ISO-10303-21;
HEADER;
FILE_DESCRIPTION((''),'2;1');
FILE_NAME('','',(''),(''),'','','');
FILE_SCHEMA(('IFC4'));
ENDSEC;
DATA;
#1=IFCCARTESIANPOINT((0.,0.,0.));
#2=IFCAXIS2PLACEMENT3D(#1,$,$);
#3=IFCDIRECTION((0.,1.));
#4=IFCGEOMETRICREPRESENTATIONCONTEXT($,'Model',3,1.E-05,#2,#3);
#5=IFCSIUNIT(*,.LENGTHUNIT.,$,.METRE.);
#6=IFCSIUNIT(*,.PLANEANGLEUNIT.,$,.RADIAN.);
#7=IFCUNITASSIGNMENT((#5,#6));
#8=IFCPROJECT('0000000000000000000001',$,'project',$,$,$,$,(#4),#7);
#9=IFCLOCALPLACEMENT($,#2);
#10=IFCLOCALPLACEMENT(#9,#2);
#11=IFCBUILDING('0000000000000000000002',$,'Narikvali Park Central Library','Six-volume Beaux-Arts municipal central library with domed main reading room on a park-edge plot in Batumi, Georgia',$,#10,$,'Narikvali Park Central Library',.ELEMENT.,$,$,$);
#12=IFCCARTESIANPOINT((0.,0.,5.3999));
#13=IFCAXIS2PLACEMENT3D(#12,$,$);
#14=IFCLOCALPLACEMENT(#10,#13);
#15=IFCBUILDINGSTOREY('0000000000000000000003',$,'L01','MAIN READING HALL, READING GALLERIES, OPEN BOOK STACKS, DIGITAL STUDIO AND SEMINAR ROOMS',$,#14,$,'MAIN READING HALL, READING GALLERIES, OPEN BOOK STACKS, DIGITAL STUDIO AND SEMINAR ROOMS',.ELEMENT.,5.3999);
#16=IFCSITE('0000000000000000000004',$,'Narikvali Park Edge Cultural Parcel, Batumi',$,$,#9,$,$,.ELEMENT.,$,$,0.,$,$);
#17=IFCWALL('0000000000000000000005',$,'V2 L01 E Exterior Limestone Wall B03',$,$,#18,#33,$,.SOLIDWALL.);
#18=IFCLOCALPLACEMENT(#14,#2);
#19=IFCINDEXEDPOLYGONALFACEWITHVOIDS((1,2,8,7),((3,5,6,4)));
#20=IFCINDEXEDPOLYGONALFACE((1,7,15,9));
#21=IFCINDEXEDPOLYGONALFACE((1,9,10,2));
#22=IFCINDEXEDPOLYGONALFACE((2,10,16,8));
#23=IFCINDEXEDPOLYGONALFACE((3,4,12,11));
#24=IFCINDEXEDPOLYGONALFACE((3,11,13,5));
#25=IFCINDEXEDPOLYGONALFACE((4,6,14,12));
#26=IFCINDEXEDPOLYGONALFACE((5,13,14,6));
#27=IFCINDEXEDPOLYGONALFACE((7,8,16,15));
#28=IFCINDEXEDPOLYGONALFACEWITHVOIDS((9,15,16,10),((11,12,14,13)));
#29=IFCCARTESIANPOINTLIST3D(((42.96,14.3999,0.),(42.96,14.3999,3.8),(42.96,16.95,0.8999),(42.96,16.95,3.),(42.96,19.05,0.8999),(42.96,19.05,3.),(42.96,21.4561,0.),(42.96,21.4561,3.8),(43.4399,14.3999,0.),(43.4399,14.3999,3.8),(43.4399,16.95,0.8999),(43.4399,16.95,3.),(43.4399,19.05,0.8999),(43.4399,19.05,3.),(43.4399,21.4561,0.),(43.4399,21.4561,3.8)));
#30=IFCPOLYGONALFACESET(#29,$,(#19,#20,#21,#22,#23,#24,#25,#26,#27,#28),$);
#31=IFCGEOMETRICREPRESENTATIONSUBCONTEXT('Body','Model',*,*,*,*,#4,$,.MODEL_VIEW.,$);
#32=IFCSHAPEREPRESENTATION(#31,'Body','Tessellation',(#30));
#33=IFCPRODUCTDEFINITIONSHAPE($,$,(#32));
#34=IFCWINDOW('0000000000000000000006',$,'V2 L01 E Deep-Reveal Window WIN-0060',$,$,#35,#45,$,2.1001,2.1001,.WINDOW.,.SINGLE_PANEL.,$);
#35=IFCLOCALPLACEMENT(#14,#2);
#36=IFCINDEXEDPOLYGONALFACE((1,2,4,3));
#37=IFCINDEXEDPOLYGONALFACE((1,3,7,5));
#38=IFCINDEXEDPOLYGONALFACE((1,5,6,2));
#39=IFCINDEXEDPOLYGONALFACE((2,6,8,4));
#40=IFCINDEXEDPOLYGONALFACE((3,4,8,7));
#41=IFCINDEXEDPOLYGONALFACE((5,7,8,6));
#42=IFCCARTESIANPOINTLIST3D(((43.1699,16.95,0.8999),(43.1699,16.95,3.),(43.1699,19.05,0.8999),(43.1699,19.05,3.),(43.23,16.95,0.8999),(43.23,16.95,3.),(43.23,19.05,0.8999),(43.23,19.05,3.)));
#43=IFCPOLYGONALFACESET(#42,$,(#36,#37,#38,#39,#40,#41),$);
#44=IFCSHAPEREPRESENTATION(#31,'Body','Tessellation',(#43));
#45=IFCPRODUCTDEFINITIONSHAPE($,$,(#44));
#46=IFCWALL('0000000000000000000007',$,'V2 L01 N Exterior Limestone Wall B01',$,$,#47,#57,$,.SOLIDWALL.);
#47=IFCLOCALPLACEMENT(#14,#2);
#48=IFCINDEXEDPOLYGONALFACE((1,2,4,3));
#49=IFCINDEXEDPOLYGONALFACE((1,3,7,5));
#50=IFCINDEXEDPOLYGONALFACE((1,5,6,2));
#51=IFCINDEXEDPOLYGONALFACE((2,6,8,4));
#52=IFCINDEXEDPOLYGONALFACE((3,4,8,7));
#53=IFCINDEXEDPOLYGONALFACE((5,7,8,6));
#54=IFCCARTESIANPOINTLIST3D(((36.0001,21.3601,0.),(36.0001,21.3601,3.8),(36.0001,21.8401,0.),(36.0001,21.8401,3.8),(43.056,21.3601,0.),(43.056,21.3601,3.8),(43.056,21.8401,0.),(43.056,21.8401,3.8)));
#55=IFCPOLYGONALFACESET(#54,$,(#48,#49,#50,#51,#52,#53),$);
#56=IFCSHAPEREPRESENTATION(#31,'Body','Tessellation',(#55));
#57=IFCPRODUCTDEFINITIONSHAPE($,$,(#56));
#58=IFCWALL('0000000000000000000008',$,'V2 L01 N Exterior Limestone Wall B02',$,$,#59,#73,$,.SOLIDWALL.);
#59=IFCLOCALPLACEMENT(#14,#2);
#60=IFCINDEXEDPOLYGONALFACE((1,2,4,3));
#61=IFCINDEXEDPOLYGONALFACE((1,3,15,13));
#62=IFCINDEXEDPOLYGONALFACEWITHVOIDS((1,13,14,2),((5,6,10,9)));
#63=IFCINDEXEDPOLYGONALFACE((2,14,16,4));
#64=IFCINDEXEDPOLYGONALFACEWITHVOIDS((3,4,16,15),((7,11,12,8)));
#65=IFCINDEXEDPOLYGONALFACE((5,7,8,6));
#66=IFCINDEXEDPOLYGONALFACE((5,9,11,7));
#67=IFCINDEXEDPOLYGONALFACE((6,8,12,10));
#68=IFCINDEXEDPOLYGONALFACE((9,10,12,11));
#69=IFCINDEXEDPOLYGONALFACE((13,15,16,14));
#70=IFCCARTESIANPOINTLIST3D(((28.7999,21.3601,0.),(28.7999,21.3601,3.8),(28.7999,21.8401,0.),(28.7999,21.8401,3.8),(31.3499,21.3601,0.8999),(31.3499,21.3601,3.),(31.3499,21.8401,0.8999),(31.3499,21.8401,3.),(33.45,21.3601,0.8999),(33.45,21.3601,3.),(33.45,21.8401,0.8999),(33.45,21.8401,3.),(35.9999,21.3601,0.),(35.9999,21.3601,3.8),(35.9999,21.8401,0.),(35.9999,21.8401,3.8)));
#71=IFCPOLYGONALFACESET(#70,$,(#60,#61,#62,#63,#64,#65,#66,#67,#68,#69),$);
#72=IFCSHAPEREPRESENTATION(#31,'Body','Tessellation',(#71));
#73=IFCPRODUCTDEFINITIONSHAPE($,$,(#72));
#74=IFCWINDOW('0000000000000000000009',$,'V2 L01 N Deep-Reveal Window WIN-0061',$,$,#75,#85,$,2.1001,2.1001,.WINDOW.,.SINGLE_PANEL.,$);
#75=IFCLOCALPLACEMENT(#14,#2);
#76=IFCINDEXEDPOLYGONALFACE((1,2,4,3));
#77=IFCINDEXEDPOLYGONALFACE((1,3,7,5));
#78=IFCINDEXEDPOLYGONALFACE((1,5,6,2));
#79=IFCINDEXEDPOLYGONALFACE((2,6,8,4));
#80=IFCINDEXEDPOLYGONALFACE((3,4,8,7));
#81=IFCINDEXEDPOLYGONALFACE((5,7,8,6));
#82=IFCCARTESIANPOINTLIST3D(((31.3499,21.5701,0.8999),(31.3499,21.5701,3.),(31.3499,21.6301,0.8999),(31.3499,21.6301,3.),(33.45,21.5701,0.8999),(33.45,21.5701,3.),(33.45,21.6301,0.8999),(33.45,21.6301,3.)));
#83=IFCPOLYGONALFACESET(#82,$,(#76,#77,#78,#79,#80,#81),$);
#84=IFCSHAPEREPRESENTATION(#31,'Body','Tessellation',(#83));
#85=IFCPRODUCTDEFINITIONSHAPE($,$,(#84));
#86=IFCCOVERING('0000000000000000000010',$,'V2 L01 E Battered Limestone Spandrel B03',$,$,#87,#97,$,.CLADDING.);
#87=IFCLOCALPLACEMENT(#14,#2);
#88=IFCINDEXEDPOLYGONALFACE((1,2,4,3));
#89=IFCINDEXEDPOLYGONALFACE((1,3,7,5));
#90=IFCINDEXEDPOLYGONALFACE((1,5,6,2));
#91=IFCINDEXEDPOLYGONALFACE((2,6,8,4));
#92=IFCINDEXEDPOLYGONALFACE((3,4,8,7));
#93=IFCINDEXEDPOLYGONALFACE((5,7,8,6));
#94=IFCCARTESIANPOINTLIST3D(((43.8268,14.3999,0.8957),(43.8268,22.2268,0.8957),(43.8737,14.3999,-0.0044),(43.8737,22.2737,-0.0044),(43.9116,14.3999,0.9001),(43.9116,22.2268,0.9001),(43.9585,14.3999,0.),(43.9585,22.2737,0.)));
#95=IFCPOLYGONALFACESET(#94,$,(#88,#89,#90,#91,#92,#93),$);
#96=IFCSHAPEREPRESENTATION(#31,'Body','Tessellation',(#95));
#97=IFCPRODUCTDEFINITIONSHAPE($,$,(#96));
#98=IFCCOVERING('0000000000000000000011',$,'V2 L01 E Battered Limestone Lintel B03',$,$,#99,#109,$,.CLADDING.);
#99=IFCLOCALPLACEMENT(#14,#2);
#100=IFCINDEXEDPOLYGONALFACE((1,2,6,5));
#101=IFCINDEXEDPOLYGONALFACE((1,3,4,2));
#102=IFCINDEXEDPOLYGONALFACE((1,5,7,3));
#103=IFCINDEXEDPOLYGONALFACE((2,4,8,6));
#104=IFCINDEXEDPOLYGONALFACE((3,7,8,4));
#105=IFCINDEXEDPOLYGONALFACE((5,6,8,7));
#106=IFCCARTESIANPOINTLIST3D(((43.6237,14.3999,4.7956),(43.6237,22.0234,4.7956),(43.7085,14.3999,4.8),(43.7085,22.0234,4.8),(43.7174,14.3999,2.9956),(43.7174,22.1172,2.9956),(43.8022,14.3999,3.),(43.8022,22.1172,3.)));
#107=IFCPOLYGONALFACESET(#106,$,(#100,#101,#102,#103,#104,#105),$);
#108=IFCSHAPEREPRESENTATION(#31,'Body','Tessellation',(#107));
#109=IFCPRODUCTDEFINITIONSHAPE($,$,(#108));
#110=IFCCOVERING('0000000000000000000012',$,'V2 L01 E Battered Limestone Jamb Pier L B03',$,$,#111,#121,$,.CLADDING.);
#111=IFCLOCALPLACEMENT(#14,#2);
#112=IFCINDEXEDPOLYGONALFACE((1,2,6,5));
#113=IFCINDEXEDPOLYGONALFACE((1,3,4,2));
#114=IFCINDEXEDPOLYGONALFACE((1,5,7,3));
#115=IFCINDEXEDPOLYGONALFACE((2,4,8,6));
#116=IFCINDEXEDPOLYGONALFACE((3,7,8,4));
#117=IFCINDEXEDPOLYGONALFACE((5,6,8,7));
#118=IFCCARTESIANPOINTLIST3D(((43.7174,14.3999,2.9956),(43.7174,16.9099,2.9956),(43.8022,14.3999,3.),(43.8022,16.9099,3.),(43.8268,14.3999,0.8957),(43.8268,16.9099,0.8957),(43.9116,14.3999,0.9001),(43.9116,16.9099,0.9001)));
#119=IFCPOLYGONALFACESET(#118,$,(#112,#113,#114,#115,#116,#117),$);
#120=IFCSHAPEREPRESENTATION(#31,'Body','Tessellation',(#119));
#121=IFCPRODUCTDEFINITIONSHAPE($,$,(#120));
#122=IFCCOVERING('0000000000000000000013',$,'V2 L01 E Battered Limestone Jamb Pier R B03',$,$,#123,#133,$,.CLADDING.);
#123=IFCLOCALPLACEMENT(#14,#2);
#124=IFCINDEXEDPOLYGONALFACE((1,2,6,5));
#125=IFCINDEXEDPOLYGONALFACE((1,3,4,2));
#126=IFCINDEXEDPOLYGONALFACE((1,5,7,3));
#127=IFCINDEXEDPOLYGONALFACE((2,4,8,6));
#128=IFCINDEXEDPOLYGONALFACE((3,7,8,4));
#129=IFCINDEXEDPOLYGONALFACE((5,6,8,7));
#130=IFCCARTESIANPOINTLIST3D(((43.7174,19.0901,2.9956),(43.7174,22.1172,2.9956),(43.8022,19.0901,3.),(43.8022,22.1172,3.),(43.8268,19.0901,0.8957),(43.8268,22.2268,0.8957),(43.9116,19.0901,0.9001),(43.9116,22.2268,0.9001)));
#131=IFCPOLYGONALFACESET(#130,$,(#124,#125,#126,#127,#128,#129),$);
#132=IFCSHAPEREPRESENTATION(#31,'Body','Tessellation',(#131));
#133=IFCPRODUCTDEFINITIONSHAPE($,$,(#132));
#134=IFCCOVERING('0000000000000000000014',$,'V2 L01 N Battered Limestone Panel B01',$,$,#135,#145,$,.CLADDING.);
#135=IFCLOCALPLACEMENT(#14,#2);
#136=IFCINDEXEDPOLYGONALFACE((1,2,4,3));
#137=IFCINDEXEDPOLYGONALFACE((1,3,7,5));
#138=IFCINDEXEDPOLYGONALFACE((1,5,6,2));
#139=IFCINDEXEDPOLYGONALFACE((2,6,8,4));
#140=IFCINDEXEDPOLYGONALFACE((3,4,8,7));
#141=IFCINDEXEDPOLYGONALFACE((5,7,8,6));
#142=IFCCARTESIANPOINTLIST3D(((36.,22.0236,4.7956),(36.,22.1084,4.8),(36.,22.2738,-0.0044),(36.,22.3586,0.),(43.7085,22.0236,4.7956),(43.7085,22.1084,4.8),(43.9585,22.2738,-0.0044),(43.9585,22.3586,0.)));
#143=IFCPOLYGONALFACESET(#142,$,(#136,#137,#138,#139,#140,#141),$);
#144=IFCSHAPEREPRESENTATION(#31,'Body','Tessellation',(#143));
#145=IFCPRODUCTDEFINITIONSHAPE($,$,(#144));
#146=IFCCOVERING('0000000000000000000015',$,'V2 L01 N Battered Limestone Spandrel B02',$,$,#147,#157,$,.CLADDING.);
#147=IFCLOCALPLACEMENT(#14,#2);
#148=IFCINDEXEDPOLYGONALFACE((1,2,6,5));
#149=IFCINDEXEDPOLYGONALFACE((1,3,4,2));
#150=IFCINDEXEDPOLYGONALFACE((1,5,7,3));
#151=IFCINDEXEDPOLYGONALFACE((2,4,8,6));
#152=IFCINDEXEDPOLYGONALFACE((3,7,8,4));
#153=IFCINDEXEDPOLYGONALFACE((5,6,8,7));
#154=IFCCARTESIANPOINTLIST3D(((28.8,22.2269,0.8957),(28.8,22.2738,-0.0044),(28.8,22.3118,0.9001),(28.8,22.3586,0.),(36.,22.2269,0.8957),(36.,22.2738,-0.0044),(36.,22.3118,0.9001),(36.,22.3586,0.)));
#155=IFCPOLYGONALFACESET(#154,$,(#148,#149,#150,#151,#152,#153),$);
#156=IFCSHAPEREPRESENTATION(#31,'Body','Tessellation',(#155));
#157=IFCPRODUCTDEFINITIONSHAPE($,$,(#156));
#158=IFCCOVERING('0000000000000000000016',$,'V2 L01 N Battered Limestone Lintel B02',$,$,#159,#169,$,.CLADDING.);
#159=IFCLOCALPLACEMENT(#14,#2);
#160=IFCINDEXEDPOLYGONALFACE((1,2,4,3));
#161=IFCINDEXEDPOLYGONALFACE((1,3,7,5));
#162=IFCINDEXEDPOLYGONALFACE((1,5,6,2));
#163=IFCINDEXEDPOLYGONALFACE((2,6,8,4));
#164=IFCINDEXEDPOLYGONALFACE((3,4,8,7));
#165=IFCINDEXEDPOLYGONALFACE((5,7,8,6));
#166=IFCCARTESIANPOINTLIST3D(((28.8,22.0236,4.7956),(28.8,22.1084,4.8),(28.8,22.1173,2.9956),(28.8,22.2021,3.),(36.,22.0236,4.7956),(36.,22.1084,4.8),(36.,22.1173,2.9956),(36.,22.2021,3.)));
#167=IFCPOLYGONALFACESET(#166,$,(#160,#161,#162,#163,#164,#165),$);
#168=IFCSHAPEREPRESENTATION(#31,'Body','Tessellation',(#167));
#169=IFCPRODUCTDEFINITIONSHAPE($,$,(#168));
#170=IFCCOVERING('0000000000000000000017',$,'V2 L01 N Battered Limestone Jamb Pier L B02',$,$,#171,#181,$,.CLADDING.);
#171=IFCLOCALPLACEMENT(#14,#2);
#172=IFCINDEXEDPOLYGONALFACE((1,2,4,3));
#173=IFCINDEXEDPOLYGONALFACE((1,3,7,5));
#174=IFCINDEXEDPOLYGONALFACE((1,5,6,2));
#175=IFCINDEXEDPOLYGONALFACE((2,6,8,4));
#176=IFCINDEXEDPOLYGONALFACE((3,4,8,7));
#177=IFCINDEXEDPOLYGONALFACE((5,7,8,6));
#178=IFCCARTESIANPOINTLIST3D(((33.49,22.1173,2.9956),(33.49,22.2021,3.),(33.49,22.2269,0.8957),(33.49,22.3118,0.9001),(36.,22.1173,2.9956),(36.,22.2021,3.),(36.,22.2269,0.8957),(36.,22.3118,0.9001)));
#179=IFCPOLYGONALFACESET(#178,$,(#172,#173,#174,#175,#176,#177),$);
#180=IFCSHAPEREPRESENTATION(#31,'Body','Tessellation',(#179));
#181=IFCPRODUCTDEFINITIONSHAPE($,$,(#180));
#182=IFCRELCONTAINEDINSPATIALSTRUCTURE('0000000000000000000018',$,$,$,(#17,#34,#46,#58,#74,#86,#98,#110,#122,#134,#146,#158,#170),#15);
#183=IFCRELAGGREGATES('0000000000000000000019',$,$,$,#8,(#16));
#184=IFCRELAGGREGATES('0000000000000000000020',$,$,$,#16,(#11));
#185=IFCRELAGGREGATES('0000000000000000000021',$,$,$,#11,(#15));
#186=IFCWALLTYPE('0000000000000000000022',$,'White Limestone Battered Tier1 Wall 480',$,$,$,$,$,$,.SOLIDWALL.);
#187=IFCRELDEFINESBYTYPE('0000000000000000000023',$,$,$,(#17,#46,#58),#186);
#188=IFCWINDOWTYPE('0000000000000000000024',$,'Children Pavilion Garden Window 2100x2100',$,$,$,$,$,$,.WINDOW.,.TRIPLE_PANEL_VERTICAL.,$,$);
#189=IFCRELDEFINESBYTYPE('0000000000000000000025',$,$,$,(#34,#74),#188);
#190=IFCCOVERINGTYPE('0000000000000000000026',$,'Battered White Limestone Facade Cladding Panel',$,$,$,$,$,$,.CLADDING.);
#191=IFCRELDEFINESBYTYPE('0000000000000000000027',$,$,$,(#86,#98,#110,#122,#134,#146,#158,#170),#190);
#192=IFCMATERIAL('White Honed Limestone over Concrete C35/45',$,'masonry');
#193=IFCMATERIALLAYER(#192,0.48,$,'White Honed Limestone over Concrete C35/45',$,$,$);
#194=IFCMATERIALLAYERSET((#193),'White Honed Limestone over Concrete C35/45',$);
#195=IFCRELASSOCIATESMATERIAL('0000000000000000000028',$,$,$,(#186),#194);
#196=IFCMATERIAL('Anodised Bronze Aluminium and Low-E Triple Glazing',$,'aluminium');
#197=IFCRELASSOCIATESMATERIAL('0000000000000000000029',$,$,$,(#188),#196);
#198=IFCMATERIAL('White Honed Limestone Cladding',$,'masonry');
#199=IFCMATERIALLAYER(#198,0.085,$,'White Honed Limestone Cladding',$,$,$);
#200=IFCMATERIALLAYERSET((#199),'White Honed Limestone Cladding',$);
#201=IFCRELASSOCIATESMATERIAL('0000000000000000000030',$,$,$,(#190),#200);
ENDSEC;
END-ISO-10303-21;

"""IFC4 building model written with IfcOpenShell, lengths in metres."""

from ifc_helpers import new_model, si_unit, direction, frame, frame_2d, origin, place, context, subcontext, project, spatial, polyline, rectangle, outline, extrude, material, layer, layer_set, type_object, element, fill, save


model = new_model("IFC4")

# Units and contexts
model_context = context("Model", 3, precision=1e-05, world=origin(), true_north=direction((0.0, 1.0)))
body_context = subcontext(model_context, "Body", "Model", "MODEL_VIEW")
ifc_project = project(units=[si_unit("LENGTHUNIT", "METRE"), si_unit("PLANEANGLEUNIT", "RADIAN")], contexts=[model_context])

# Site, building, storey
site_placement = place(None, origin())
site = spatial("IfcSite", under=ifc_project, at=site_placement, Name="Narikvali Park Edge Cultural Parcel, Batumi", CompositionType="ELEMENT", RefElevation=0.0)
building_placement = place(site_placement, origin())
building = spatial("IfcBuilding", under=site, at=building_placement, Name="Narikvali Park Central Library", Description="Six-volume Beaux-Arts municipal central library with domed main reading room on a park-edge plot in Batumi, Georgia", LongName="Narikvali Park Central Library", CompositionType="ELEMENT")
storey_placement = place(building_placement, frame((0.0, 0.0, 5.3999)))
storey = spatial("IfcBuildingStorey", under=building, at=storey_placement, Name="L01", Description="MAIN READING HALL, READING GALLERIES, OPEN BOOK STACKS, DIGITAL STUDIO AND SEMINAR ROOMS", LongName="MAIN READING HALL, READING GALLERIES, OPEN BOOK STACKS, DIGITAL STUDIO AND SEMINAR ROOMS", CompositionType="ELEMENT", Elevation=5.3999)

# Wall, opening, window
ifc_material_1 = material(Name="White Honed Limestone over Concrete C35/45", Category="masonry")
ifc_layer_1 = layer(ifc_material_1, 0.48, Name="White Honed Limestone over Concrete C35/45")
ifc_layer_set_1 = layer_set([ifc_layer_1], Name="White Honed Limestone over Concrete C35/45")
wall_type_1 = type_object("IfcWallType", Name="White Limestone Battered Tier1 Wall 480", PredefinedType="SOLIDWALL", material=ifc_layer_set_1)
wall_1_placement = place(storey_placement, frame((43.2, 14.3999, 0.0), z_axis=(0.0, 0.0, 1.0), x_axis=(0.0, 1.0, 0.0)))
wall_1 = element("IfcWall", 1, at=wall_1_placement, inside=storey, type_object=wall_type_1, Name="V2 L01 E Exterior Limestone Wall B03", PredefinedType="SOLIDWALL", context=body_context, shape_type="SweptSolid", body=[
    extrude(rectangle(XDim=7.0562, YDim=0.48, at=frame_2d((3.5281, 0.0))), origin(), (0.0, 0.0, 1.0), 3.8),
])
opening_1_placement = place(wall_1_placement, frame((2.55, 0.0, 0.8999)))
opening_1 = element("IfcOpeningElement", 2, at=opening_1_placement, cuts=wall_1, PredefinedType="OPENING", context=body_context, shape_type="SweptSolid", body=[
    extrude(rectangle(XDim=2.1001, YDim=2.1001, at=frame_2d((1.05, 1.05))), frame((0.0, 0.252, 0.0), z_axis=(0.0, -1.0, 0.0), x_axis=(1.0, 0.0, 0.0)), (0.0, 0.0, 1.0), 0.5039),
])
ifc_material_2 = material(Name="Anodised Bronze Aluminium and Low-E Triple Glazing", Category="aluminium")
window_type = type_object("IfcWindowType", Name="Children Pavilion Garden Window 2100x2100", PartitioningType="TRIPLE_PANEL_VERTICAL", PredefinedType="WINDOW", material=ifc_material_2)
window_1_placement = place(opening_1_placement, origin())
window_1 = element("IfcWindow", 3, at=window_1_placement, inside=storey, type_object=window_type, Name="V2 L01 E Deep-Reveal Window WIN-0060", OverallHeight=2.1001, OverallWidth=2.1001, PartitioningType="SINGLE_PANEL", PredefinedType="WINDOW", context=body_context, shape_type="SweptSolid", body=[
    extrude(rectangle(XDim=2.1001, YDim=2.1001, at=frame_2d((1.05, 1.05))), frame((0.0, 0.03, 0.0), z_axis=(0.0, -1.0, 0.0), x_axis=(1.0, 0.0, 0.0)), (0.0, 0.0, 1.0), 0.0601),
])
fill(opening_1, window_1)

# Wall
wall_2_placement = place(storey_placement, frame((43.0559, 21.6001, 0.0), z_axis=(0.0, 0.0, 1.0), x_axis=(-1.0, 0.0, 0.0)))
element("IfcWall", 4, at=wall_2_placement, inside=storey, type_object=wall_type_1, Name="V2 L01 N Exterior Limestone Wall B01", PredefinedType="SOLIDWALL", context=body_context, shape_type="SweptSolid", body=[
    extrude(rectangle(XDim=7.0559, YDim=0.48, at=frame_2d((3.5278, 0.0))), origin(), (0.0, 0.0, 1.0), 3.8),
])

# Wall, opening, window
wall_3_placement = place(storey_placement, frame((36.0, 21.6001, 0.0), z_axis=(0.0, 0.0, 1.0), x_axis=(-1.0, 0.0, 0.0)))
wall_3 = element("IfcWall", 5, at=wall_3_placement, inside=storey, type_object=wall_type_1, Name="V2 L01 N Exterior Limestone Wall B02", PredefinedType="SOLIDWALL", context=body_context, shape_type="SweptSolid", body=[
    extrude(rectangle(XDim=7.2, YDim=0.48, at=frame_2d((3.6001, 0.0))), origin(), (0.0, 0.0, 1.0), 3.8),
])
opening_2_placement = place(wall_3_placement, frame((2.55, 0.0, 0.8999)))
opening_2 = element("IfcOpeningElement", 6, at=opening_2_placement, cuts=wall_3, PredefinedType="OPENING", context=body_context, shape_type="SweptSolid", body=[
    extrude(rectangle(XDim=2.1001, YDim=2.1001, at=frame_2d((1.05, 1.05))), frame((0.0, 0.252, 0.0), z_axis=(0.0, -1.0, 0.0), x_axis=(1.0, 0.0, 0.0)), (0.0, 0.0, 1.0), 0.5039),
])
window_2_placement = place(opening_2_placement, origin())
window_2 = element("IfcWindow", 7, at=window_2_placement, inside=storey, type_object=window_type, Name="V2 L01 N Deep-Reveal Window WIN-0061", OverallHeight=2.1001, OverallWidth=2.1001, PartitioningType="SINGLE_PANEL", PredefinedType="WINDOW", context=body_context, shape_type="SweptSolid", body=[
    extrude(rectangle(XDim=2.1001, YDim=2.1001, at=frame_2d((1.05, 1.05))), frame((0.0, 0.03, 0.0), z_axis=(0.0, -1.0, 0.0), x_axis=(1.0, 0.0, 0.0)), (0.0, 0.0, 1.0), 0.0601),
])
fill(opening_2, window_2)

# Coverings
ifc_material_3 = material(Name="White Honed Limestone Cladding", Category="masonry")
ifc_layer_2 = layer(ifc_material_3, 0.085, Name="White Honed Limestone Cladding")
ifc_layer_set_2 = layer_set([ifc_layer_2], Name="White Honed Limestone Cladding")
covering_type = type_object("IfcCoveringType", Name="Battered White Limestone Facade Cladding Panel", PredefinedType="CLADDING", material=ifc_layer_set_2)
covering_1_placement = place(storey_placement, frame((43.9585, 14.3999, 0.0), z_axis=(0.998647, 0.0, 0.052004), x_axis=(0.0, 1.0, 0.0)))
element("IfcCovering", 8, at=covering_1_placement, inside=storey, type_object=covering_type, Name="V2 L01 E Battered Limestone Spandrel B03", PredefinedType="CLADDING", context=body_context, shape_type="SweptSolid", body=[
    extrude(outline(polyline([(0.0, 0.0), (7.8738, 0.0), (7.8269, 0.9014), (0.0, 0.9014), (0.0, 0.0)])), origin(), (0.0, 0.0, -1.0), 0.085),
])
covering_2_placement = place(storey_placement, frame((43.8022, 14.3999, 3.0), z_axis=(0.998646, 0.0, 0.052011), x_axis=(0.0, 1.0, 0.0)))
element("IfcCovering", 9, at=covering_2_placement, inside=storey, type_object=covering_type, Name="V2 L01 E Battered Limestone Lintel B03", PredefinedType="CLADDING", context=body_context, shape_type="SweptSolid", body=[
    extrude(outline(polyline([(0.0, 0.0), (7.7173, 0.0), (7.6235, 1.8025), (0.0, 1.8025), (0.0, 0.0)])), origin(), (0.0, 0.0, -1.0), 0.085),
])
covering_3_placement = place(storey_placement, frame((43.9116, 14.3999, 0.9001), z_axis=(0.998646, 0.0, 0.052016), x_axis=(0.0, 1.0, 0.0)))
element("IfcCovering", 10, at=covering_3_placement, inside=storey, type_object=covering_type, Name="V2 L01 E Battered Limestone Jamb Pier L B03", PredefinedType="CLADDING", context=body_context, shape_type="SweptSolid", body=[
    extrude(outline(polyline([(0.0, 0.0), (2.51, 0.0), (2.51, 2.1027), (0.0, 2.1027), (0.0, 0.0)])), origin(), (0.0, 0.0, -1.0), 0.085),
])
covering_4_placement = place(storey_placement, frame((43.9116, 19.0901, 0.9001), z_axis=(0.998646, 0.0, 0.052016), x_axis=(0.0, 1.0, 0.0)))
element("IfcCovering", 11, at=covering_4_placement, inside=storey, type_object=covering_type, Name="V2 L01 E Battered Limestone Jamb Pier R B03", PredefinedType="CLADDING", context=body_context, shape_type="SweptSolid", body=[
    extrude(outline(polyline([(0.0, 0.0), (3.1367, 0.0), (3.0271, 2.1027), (0.0, 2.1027), (0.0, 0.0)])), origin(), (0.0, 0.0, -1.0), 0.085),
])
covering_5_placement = place(storey_placement, frame((43.9585, 22.3586, 0.0), z_axis=(0.0, 0.998644, 0.052063), x_axis=(-1.0, 0.0, 0.0)))
element("IfcCovering", 12, at=covering_5_placement, inside=storey, type_object=covering_type, Name="V2 L01 N Battered Limestone Panel B01", PredefinedType="CLADDING", context=body_context, shape_type="SweptSolid", body=[
    extrude(outline(polyline([(0.0, 0.0), (7.9585, 0.0), (7.9585, 4.8066), (0.25, 4.8066), (0.0, 0.0)])), origin(), (0.0, 0.0, -1.0), 0.085),
])
covering_6_placement = place(storey_placement, frame((36.0, 22.3586, 0.0), z_axis=(0.0, 0.998647, 0.052004), x_axis=(-1.0, 0.0, 0.0)))
element("IfcCovering", 13, at=covering_6_placement, inside=storey, type_object=covering_type, Name="V2 L01 N Battered Limestone Spandrel B02", PredefinedType="CLADDING", context=body_context, shape_type="SweptSolid", body=[
    extrude(outline(polyline([(0.0, 0.0), (7.2, 0.0), (7.2, 0.9014), (0.0, 0.9014), (0.0, 0.0)])), origin(), (0.0, 0.0, -1.0), 0.085),
])
covering_7_placement = place(storey_placement, frame((36.0, 22.2021, 3.0), z_axis=(0.0, 0.998646, 0.052011), x_axis=(-1.0, 0.0, 0.0)))
element("IfcCovering", 14, at=covering_7_placement, inside=storey, type_object=covering_type, Name="V2 L01 N Battered Limestone Lintel B02", PredefinedType="CLADDING", context=body_context, shape_type="SweptSolid", body=[
    extrude(outline(polyline([(0.0, 0.0), (7.2, 0.0), (7.2, 1.8025), (0.0, 1.8025), (0.0, 0.0)])), origin(), (0.0, 0.0, -1.0), 0.085),
])
covering_8_placement = place(storey_placement, frame((36.0, 22.3118, 0.9001), z_axis=(0.0, 0.99864, 0.052132), x_axis=(-1.0, 0.0, 0.0)))
element("IfcCovering", 15, at=covering_8_placement, inside=storey, type_object=covering_type, Name="V2 L01 N Battered Limestone Jamb Pier L B02", PredefinedType="CLADDING", context=body_context, shape_type="SweptSolid", body=[
    extrude(outline(polyline([(0.0, 0.0), (2.51, 0.0), (2.51, 2.1027), (0.0, 2.1027), (0.0, 0.0)])), origin(), (0.0, 0.0, -1.0), 0.085),
])

save(model, "model.ifc")
